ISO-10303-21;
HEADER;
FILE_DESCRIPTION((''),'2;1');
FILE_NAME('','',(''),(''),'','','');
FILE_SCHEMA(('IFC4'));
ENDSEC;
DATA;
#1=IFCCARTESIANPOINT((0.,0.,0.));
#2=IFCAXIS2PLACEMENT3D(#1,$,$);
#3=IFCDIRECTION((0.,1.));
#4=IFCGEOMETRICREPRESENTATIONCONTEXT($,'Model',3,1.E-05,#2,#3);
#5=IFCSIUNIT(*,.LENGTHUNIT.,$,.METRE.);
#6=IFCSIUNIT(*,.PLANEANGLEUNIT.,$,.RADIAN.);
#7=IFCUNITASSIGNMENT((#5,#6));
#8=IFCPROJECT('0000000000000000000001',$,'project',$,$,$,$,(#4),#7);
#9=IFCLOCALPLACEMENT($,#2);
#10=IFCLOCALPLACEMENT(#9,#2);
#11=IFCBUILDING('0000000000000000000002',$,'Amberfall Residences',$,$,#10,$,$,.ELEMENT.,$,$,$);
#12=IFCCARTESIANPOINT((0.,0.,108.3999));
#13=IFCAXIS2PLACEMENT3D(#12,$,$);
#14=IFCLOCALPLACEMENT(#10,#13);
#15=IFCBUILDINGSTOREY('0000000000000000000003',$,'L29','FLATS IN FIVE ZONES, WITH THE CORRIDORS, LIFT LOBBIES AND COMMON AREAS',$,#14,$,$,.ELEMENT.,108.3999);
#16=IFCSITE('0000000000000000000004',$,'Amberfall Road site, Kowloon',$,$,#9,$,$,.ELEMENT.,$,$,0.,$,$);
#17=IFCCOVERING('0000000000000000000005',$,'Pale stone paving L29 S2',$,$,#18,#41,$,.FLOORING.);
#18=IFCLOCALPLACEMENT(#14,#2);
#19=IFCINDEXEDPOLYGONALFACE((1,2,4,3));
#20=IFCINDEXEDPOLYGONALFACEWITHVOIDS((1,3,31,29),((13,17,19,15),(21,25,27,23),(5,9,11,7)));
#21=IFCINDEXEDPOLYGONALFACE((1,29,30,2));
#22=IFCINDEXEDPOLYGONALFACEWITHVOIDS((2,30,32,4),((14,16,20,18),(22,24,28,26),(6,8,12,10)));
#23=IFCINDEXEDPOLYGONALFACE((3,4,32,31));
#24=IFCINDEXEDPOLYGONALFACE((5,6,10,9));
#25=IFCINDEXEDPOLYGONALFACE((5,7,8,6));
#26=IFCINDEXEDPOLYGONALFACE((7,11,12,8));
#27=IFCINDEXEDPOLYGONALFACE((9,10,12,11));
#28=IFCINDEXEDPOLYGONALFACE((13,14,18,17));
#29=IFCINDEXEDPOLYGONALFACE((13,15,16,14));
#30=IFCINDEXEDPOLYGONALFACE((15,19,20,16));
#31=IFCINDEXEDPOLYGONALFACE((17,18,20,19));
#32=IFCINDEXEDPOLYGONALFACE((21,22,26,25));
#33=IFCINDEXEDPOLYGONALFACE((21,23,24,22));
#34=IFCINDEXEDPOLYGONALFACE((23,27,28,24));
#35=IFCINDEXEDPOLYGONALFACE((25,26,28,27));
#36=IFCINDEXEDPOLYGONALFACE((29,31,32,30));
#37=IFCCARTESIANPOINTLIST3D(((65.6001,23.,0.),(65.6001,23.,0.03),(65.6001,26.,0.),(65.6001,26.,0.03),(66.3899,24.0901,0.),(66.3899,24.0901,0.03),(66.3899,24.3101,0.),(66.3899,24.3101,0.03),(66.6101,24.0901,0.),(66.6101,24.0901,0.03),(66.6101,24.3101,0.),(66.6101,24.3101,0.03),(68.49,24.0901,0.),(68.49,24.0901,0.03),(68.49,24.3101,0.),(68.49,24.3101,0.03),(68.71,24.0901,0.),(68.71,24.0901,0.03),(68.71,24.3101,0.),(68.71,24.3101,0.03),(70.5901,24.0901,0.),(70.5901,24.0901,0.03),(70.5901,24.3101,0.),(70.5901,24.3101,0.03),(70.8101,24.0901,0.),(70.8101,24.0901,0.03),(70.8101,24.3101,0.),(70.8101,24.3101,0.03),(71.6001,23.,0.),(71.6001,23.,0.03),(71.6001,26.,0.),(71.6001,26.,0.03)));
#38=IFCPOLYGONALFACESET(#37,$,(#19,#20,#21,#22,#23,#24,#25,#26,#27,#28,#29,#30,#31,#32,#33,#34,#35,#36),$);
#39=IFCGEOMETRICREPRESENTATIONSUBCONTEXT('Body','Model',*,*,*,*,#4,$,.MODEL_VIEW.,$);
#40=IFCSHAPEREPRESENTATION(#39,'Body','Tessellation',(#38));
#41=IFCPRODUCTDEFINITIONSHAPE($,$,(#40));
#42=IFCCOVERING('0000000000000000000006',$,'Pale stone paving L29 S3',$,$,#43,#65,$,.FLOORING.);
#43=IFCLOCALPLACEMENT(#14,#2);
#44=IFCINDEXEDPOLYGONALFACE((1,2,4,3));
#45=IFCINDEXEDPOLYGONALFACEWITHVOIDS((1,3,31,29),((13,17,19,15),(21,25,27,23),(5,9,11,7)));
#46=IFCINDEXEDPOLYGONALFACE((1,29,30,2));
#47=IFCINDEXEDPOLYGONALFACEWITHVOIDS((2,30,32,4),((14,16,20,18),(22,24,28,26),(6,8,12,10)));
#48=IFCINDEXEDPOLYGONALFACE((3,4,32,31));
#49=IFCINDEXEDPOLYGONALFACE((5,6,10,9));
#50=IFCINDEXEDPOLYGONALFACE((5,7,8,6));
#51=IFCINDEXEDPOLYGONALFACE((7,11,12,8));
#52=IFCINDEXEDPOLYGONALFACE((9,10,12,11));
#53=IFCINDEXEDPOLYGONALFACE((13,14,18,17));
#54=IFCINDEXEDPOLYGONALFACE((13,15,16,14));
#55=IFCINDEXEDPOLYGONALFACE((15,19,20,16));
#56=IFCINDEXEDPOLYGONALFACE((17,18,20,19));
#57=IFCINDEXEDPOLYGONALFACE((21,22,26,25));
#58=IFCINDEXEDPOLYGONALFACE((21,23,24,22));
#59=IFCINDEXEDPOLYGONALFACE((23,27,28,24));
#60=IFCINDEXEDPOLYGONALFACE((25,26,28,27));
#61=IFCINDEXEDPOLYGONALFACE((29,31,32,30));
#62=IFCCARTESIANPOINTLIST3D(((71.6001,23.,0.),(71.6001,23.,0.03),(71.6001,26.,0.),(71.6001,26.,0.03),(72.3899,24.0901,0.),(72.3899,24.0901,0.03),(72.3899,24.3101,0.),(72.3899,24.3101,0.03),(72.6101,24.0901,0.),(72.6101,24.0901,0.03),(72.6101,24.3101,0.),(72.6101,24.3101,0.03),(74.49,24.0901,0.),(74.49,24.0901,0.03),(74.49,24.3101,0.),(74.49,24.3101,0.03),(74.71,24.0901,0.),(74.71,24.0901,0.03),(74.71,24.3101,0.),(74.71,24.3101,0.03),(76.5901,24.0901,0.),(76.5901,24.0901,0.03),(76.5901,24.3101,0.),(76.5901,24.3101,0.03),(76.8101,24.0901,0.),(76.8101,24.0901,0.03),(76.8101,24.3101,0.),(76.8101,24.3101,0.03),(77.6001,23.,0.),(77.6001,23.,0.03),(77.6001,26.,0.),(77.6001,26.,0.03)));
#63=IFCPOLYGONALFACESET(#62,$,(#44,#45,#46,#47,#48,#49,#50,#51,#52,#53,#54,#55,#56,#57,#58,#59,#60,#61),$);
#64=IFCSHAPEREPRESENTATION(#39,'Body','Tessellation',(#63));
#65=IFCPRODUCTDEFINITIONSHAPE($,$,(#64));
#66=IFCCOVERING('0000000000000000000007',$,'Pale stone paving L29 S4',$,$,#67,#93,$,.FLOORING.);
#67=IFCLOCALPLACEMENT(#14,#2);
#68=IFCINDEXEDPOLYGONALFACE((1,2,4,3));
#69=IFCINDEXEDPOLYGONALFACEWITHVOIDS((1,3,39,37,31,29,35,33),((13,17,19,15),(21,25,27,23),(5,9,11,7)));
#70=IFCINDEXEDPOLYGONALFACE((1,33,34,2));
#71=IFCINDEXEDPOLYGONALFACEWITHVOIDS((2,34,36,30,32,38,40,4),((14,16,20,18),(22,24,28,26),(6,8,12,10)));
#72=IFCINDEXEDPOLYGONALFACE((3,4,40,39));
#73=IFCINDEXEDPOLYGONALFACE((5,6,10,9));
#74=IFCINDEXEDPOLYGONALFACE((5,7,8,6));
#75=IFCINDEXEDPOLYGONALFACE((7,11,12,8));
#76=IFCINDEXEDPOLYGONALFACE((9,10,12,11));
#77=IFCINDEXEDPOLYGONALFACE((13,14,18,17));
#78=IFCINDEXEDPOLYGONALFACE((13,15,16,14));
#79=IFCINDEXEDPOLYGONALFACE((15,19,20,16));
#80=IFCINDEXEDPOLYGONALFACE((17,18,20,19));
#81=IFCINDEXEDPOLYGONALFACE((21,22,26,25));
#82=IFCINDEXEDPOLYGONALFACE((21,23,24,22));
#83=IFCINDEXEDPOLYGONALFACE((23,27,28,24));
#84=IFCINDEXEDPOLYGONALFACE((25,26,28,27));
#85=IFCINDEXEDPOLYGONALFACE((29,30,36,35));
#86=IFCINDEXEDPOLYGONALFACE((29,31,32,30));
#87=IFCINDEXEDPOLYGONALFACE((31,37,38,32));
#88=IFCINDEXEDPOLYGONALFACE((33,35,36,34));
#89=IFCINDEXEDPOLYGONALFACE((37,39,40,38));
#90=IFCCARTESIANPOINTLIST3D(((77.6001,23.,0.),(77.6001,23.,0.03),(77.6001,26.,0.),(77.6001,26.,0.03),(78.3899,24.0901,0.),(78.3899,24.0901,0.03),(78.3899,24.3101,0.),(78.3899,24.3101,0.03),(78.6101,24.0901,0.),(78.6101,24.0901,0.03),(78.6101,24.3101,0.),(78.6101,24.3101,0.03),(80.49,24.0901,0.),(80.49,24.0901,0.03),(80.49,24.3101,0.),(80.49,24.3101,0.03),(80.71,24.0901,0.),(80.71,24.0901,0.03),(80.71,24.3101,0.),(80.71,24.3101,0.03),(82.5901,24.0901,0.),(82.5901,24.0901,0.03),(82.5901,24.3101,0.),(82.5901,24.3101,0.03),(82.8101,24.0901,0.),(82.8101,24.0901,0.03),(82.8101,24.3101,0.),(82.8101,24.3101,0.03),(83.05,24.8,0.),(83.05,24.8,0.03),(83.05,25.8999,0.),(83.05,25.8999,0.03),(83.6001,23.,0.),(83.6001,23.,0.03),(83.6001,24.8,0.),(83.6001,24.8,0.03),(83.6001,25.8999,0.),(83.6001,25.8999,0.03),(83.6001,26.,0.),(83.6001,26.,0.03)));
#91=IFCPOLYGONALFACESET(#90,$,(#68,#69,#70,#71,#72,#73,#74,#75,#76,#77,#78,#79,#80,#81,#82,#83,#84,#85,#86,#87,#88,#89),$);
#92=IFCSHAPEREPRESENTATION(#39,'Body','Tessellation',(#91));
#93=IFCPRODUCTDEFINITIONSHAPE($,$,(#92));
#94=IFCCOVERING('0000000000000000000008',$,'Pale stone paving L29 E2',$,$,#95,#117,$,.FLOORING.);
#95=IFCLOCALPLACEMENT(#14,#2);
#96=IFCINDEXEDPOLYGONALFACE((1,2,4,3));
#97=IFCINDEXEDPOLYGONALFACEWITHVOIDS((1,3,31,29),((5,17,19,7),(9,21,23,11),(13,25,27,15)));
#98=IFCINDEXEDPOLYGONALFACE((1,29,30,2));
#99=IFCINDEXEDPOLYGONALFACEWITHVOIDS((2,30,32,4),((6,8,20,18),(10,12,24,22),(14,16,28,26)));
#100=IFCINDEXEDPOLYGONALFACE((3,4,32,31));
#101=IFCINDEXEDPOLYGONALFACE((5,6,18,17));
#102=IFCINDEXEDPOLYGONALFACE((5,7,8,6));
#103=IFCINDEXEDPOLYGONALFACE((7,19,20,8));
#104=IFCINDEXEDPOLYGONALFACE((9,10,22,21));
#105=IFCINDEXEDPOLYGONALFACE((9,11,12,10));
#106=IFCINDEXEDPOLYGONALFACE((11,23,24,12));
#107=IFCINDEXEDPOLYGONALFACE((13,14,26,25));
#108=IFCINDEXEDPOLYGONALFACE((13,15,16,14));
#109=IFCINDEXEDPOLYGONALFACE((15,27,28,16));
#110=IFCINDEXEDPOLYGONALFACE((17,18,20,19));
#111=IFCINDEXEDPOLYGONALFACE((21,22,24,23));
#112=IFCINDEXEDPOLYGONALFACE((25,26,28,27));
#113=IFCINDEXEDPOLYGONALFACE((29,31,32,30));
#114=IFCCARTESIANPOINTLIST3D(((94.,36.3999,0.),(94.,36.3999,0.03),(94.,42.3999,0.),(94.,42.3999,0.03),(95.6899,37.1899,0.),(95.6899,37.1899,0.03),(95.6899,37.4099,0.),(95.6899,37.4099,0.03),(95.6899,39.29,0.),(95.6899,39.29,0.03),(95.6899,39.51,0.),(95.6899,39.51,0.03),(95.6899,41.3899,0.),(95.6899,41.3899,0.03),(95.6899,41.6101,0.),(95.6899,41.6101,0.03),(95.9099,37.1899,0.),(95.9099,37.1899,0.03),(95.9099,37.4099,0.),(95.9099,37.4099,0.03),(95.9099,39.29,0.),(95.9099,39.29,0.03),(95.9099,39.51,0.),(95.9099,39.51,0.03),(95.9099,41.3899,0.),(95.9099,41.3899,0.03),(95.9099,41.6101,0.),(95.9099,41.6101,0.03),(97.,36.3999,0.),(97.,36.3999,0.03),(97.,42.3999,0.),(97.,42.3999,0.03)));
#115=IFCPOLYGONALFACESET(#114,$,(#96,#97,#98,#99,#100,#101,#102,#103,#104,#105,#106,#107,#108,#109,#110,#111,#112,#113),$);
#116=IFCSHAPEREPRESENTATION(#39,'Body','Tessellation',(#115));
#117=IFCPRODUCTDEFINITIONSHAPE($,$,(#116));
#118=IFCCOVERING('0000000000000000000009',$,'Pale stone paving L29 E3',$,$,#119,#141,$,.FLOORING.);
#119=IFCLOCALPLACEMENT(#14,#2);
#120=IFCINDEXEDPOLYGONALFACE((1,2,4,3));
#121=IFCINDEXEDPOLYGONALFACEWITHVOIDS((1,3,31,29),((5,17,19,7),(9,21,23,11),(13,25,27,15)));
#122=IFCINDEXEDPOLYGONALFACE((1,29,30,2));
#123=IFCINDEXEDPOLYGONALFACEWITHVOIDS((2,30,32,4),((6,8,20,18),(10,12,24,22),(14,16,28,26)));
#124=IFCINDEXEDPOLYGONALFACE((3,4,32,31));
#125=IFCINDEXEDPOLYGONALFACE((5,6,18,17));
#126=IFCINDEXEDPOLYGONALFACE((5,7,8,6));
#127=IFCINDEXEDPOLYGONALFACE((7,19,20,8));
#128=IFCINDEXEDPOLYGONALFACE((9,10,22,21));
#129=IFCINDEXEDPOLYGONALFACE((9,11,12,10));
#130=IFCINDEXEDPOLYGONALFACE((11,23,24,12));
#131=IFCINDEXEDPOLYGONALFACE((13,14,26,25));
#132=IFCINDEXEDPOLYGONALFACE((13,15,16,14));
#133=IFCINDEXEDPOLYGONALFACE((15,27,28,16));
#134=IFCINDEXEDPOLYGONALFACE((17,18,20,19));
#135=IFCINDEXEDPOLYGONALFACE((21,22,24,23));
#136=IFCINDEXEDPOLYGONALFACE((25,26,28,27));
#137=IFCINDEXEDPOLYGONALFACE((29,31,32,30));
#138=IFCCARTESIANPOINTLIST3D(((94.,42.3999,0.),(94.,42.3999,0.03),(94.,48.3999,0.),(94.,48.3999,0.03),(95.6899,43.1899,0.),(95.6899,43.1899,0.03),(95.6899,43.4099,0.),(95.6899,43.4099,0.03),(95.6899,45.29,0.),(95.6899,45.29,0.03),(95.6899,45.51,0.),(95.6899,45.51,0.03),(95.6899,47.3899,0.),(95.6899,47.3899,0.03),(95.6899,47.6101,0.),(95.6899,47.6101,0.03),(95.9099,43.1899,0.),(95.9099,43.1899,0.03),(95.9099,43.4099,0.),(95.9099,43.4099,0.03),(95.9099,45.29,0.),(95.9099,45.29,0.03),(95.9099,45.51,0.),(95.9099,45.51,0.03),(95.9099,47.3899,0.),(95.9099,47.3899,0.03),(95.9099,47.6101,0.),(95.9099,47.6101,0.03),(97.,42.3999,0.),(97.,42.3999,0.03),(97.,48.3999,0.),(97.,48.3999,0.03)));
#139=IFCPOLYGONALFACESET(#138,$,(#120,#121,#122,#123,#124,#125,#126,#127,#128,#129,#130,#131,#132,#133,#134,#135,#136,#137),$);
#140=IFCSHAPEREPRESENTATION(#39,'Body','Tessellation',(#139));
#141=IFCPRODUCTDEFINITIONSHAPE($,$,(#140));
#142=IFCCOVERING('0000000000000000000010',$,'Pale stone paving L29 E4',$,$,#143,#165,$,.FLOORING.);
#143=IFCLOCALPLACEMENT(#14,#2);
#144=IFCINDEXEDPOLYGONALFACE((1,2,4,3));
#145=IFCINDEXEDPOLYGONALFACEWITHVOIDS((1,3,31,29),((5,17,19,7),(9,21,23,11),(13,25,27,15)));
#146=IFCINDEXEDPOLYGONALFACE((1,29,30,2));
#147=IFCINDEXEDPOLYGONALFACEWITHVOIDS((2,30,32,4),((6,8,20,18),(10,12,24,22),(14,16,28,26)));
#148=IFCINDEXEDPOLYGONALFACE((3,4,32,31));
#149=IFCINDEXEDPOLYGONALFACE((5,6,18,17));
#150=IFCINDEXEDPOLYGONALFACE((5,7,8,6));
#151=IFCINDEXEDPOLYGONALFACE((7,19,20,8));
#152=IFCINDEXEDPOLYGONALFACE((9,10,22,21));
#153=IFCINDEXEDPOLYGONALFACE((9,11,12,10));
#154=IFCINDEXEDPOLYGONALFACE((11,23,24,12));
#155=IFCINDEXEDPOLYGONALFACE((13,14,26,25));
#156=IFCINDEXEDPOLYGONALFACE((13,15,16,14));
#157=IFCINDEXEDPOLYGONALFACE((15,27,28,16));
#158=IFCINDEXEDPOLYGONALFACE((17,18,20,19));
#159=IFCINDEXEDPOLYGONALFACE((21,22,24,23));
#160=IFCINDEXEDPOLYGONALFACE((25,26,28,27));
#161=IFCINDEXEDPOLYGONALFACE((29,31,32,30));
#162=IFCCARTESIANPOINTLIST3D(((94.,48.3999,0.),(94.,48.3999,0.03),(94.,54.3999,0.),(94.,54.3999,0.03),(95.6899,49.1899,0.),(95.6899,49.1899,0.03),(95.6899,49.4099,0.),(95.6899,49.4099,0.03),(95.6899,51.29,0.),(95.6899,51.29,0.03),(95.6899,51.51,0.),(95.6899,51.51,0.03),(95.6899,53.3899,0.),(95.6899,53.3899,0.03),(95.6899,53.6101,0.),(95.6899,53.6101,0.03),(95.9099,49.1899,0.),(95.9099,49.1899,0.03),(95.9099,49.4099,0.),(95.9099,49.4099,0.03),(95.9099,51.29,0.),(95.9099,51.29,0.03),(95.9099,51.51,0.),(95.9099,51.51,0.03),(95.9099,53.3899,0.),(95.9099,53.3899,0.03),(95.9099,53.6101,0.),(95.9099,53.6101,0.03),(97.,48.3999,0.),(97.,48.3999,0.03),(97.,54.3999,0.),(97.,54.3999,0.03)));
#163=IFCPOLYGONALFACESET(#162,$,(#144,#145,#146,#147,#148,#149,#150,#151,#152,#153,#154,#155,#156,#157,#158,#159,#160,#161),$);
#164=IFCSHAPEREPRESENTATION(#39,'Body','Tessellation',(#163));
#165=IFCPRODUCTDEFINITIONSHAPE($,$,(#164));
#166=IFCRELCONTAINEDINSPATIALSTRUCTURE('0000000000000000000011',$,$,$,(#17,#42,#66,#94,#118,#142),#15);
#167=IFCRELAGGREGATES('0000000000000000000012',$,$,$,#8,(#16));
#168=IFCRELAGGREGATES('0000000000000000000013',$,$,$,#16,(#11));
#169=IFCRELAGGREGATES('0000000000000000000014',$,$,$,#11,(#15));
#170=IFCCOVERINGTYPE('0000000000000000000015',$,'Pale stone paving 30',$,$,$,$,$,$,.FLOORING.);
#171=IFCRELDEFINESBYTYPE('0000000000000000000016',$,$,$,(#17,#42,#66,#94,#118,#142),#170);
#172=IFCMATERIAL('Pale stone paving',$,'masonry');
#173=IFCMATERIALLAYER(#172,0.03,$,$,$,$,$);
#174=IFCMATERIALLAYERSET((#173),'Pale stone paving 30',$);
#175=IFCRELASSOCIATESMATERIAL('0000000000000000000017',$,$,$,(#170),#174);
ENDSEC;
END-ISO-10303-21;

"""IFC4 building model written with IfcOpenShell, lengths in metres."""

from ifc_helpers import new_model, si_unit, direction, frame, origin, place, context, subcontext, project, spatial, polyline, outline, extrude, material, layer, layer_set, type_object, element, save


model = new_model("IFC4")

# Units and contexts
model_context = context("Model", 3, precision=1e-05, world=origin(), true_north=direction((0.0, 1.0)))
body_context = subcontext(model_context, "Body", "Model", "MODEL_VIEW")
ifc_project = project(units=[si_unit("LENGTHUNIT", "METRE"), si_unit("PLANEANGLEUNIT", "RADIAN")], contexts=[model_context])

# Site, building, storey
site_placement = place(None, origin())
site = spatial("IfcSite", under=ifc_project, at=site_placement, Name="Amberfall Road site, Kowloon", CompositionType="ELEMENT", RefElevation=0.0)
building_placement = place(site_placement, origin())
building = spatial("IfcBuilding", under=site, at=building_placement, Name="Amberfall Residences", CompositionType="ELEMENT")
storey_placement = place(building_placement, frame((0.0, 0.0, 108.3999)))
storey = spatial("IfcBuildingStorey", under=building, at=storey_placement, Name="L29", Description="FLATS IN FIVE ZONES, WITH THE CORRIDORS, LIFT LOBBIES AND COMMON AREAS", CompositionType="ELEMENT", Elevation=108.3999)

# Coverings
ifc_material_1 = material(Name="Pale stone paving", Category="masonry")
ifc_layer_1 = layer(ifc_material_1, 0.03)
ifc_layer_set_1 = layer_set([ifc_layer_1], Name="Pale stone paving 30")
covering_type_1 = type_object("IfcCoveringType", Name="Pale stone paving 30", PredefinedType="FLOORING", material=ifc_layer_set_1)
covering_1_placement = place(storey_placement, origin())
element("IfcCovering", 1, at=covering_1_placement, inside=storey, type_object=covering_type_1, Name="Pale stone paving L29 S2", PredefinedType="FLOORING", context=body_context, shape_type="SweptSolid", body=[
    extrude(outline(polyline([(71.6001, 26.0), (65.6001, 26.0), (65.6001, 23.0), (71.6001, 23.0), (71.6001, 26.0)]), holes=[polyline([(66.3899, 24.0901), (66.6101, 24.0901), (66.6101, 24.3101), (66.3899, 24.3101), (66.3899, 24.0901)]), polyline([(68.49, 24.0901), (68.71, 24.0901), (68.71, 24.3101), (68.49, 24.3101), (68.49, 24.0901)]), polyline([(70.5901, 24.0901), (70.8101, 24.0901), (70.8101, 24.3101), (70.5901, 24.3101), (70.5901, 24.0901)])]), origin(), (0.0, 0.0, 1.0), 0.03),
])
covering_2_placement = place(storey_placement, origin())
element("IfcCovering", 2, at=covering_2_placement, inside=storey, type_object=covering_type_1, Name="Pale stone paving L29 S3", PredefinedType="FLOORING", context=body_context, shape_type="SweptSolid", body=[
    extrude(outline(polyline([(77.6001, 26.0), (71.6001, 26.0), (71.6001, 23.0), (77.6001, 23.0), (77.6001, 26.0)]), holes=[polyline([(72.3899, 24.0901), (72.6101, 24.0901), (72.6101, 24.3101), (72.3899, 24.3101), (72.3899, 24.0901)]), polyline([(74.49, 24.0901), (74.71, 24.0901), (74.71, 24.3101), (74.49, 24.3101), (74.49, 24.0901)]), polyline([(76.5901, 24.0901), (76.8101, 24.0901), (76.8101, 24.3101), (76.5901, 24.3101), (76.5901, 24.0901)])]), origin(), (0.0, 0.0, 1.0), 0.03),
])
covering_3_placement = place(storey_placement, origin())
element("IfcCovering", 3, at=covering_3_placement, inside=storey, type_object=covering_type_1, Name="Pale stone paving L29 S4", PredefinedType="FLOORING", context=body_context, shape_type="SweptSolid", body=[
    extrude(outline(polyline([(83.6001, 26.0), (77.6001, 26.0), (77.6001, 23.0), (83.6001, 23.0), (83.6001, 24.8), (83.05, 24.8), (83.05, 25.8999), (83.6001, 25.8999), (83.6001, 26.0)]), holes=[polyline([(78.3899, 24.0901), (78.6101, 24.0901), (78.6101, 24.3101), (78.3899, 24.3101), (78.3899, 24.0901)]), polyline([(80.49, 24.0901), (80.71, 24.0901), (80.71, 24.3101), (80.49, 24.3101), (80.49, 24.0901)]), polyline([(82.5901, 24.0901), (82.8101, 24.0901), (82.8101, 24.3101), (82.5901, 24.3101), (82.5901, 24.0901)])]), origin(), (0.0, 0.0, 1.0), 0.03),
])
covering_4_placement = place(storey_placement, origin())
element("IfcCovering", 4, at=covering_4_placement, inside=storey, type_object=covering_type_1, Name="Pale stone paving L29 E2", PredefinedType="FLOORING", context=body_context, shape_type="SweptSolid", body=[
    extrude(outline(polyline([(94.0, 42.3999), (94.0, 36.3999), (97.0, 36.3999), (97.0, 42.3999), (94.0, 42.3999)]), holes=[polyline([(95.6899, 37.1899), (95.9099, 37.1899), (95.9099, 37.4099), (95.6899, 37.4099), (95.6899, 37.1899)]), polyline([(95.6899, 39.29), (95.9099, 39.29), (95.9099, 39.51), (95.6899, 39.51), (95.6899, 39.29)]), polyline([(95.6899, 41.3899), (95.9099, 41.3899), (95.9099, 41.6101), (95.6899, 41.6101), (95.6899, 41.3899)])]), origin(), (0.0, 0.0, 1.0), 0.03),
])
covering_5_placement = place(storey_placement, origin())
element("IfcCovering", 5, at=covering_5_placement, inside=storey, type_object=covering_type_1, Name="Pale stone paving L29 E3", PredefinedType="FLOORING", context=body_context, shape_type="SweptSolid", body=[
    extrude(outline(polyline([(94.0, 48.3999), (94.0, 42.3999), (97.0, 42.3999), (97.0, 48.3999), (94.0, 48.3999)]), holes=[polyline([(95.6899, 43.1899), (95.9099, 43.1899), (95.9099, 43.4099), (95.6899, 43.4099), (95.6899, 43.1899)]), polyline([(95.6899, 45.29), (95.9099, 45.29), (95.9099, 45.51), (95.6899, 45.51), (95.6899, 45.29)]), polyline([(95.6899, 47.3899), (95.9099, 47.3899), (95.9099, 47.6101), (95.6899, 47.6101), (95.6899, 47.3899)])]), origin(), (0.0, 0.0, 1.0), 0.03),
])
covering_6_placement = place(storey_placement, origin())
element("IfcCovering", 6, at=covering_6_placement, inside=storey, type_object=covering_type_1, Name="Pale stone paving L29 E4", PredefinedType="FLOORING", context=body_context, shape_type="SweptSolid", body=[
    extrude(outline(polyline([(94.0, 54.3999), (94.0, 48.3999), (97.0, 48.3999), (97.0, 54.3999), (94.0, 54.3999)]), holes=[polyline([(95.6899, 49.1899), (95.9099, 49.1899), (95.9099, 49.4099), (95.6899, 49.4099), (95.6899, 49.1899)]), polyline([(95.6899, 51.29), (95.9099, 51.29), (95.9099, 51.51), (95.6899, 51.51), (95.6899, 51.29)]), polyline([(95.6899, 53.3899), (95.9099, 53.3899), (95.9099, 53.6101), (95.6899, 53.6101), (95.6899, 53.3899)])]), origin(), (0.0, 0.0, 1.0), 0.03),
])

save(model, "model.ifc")
